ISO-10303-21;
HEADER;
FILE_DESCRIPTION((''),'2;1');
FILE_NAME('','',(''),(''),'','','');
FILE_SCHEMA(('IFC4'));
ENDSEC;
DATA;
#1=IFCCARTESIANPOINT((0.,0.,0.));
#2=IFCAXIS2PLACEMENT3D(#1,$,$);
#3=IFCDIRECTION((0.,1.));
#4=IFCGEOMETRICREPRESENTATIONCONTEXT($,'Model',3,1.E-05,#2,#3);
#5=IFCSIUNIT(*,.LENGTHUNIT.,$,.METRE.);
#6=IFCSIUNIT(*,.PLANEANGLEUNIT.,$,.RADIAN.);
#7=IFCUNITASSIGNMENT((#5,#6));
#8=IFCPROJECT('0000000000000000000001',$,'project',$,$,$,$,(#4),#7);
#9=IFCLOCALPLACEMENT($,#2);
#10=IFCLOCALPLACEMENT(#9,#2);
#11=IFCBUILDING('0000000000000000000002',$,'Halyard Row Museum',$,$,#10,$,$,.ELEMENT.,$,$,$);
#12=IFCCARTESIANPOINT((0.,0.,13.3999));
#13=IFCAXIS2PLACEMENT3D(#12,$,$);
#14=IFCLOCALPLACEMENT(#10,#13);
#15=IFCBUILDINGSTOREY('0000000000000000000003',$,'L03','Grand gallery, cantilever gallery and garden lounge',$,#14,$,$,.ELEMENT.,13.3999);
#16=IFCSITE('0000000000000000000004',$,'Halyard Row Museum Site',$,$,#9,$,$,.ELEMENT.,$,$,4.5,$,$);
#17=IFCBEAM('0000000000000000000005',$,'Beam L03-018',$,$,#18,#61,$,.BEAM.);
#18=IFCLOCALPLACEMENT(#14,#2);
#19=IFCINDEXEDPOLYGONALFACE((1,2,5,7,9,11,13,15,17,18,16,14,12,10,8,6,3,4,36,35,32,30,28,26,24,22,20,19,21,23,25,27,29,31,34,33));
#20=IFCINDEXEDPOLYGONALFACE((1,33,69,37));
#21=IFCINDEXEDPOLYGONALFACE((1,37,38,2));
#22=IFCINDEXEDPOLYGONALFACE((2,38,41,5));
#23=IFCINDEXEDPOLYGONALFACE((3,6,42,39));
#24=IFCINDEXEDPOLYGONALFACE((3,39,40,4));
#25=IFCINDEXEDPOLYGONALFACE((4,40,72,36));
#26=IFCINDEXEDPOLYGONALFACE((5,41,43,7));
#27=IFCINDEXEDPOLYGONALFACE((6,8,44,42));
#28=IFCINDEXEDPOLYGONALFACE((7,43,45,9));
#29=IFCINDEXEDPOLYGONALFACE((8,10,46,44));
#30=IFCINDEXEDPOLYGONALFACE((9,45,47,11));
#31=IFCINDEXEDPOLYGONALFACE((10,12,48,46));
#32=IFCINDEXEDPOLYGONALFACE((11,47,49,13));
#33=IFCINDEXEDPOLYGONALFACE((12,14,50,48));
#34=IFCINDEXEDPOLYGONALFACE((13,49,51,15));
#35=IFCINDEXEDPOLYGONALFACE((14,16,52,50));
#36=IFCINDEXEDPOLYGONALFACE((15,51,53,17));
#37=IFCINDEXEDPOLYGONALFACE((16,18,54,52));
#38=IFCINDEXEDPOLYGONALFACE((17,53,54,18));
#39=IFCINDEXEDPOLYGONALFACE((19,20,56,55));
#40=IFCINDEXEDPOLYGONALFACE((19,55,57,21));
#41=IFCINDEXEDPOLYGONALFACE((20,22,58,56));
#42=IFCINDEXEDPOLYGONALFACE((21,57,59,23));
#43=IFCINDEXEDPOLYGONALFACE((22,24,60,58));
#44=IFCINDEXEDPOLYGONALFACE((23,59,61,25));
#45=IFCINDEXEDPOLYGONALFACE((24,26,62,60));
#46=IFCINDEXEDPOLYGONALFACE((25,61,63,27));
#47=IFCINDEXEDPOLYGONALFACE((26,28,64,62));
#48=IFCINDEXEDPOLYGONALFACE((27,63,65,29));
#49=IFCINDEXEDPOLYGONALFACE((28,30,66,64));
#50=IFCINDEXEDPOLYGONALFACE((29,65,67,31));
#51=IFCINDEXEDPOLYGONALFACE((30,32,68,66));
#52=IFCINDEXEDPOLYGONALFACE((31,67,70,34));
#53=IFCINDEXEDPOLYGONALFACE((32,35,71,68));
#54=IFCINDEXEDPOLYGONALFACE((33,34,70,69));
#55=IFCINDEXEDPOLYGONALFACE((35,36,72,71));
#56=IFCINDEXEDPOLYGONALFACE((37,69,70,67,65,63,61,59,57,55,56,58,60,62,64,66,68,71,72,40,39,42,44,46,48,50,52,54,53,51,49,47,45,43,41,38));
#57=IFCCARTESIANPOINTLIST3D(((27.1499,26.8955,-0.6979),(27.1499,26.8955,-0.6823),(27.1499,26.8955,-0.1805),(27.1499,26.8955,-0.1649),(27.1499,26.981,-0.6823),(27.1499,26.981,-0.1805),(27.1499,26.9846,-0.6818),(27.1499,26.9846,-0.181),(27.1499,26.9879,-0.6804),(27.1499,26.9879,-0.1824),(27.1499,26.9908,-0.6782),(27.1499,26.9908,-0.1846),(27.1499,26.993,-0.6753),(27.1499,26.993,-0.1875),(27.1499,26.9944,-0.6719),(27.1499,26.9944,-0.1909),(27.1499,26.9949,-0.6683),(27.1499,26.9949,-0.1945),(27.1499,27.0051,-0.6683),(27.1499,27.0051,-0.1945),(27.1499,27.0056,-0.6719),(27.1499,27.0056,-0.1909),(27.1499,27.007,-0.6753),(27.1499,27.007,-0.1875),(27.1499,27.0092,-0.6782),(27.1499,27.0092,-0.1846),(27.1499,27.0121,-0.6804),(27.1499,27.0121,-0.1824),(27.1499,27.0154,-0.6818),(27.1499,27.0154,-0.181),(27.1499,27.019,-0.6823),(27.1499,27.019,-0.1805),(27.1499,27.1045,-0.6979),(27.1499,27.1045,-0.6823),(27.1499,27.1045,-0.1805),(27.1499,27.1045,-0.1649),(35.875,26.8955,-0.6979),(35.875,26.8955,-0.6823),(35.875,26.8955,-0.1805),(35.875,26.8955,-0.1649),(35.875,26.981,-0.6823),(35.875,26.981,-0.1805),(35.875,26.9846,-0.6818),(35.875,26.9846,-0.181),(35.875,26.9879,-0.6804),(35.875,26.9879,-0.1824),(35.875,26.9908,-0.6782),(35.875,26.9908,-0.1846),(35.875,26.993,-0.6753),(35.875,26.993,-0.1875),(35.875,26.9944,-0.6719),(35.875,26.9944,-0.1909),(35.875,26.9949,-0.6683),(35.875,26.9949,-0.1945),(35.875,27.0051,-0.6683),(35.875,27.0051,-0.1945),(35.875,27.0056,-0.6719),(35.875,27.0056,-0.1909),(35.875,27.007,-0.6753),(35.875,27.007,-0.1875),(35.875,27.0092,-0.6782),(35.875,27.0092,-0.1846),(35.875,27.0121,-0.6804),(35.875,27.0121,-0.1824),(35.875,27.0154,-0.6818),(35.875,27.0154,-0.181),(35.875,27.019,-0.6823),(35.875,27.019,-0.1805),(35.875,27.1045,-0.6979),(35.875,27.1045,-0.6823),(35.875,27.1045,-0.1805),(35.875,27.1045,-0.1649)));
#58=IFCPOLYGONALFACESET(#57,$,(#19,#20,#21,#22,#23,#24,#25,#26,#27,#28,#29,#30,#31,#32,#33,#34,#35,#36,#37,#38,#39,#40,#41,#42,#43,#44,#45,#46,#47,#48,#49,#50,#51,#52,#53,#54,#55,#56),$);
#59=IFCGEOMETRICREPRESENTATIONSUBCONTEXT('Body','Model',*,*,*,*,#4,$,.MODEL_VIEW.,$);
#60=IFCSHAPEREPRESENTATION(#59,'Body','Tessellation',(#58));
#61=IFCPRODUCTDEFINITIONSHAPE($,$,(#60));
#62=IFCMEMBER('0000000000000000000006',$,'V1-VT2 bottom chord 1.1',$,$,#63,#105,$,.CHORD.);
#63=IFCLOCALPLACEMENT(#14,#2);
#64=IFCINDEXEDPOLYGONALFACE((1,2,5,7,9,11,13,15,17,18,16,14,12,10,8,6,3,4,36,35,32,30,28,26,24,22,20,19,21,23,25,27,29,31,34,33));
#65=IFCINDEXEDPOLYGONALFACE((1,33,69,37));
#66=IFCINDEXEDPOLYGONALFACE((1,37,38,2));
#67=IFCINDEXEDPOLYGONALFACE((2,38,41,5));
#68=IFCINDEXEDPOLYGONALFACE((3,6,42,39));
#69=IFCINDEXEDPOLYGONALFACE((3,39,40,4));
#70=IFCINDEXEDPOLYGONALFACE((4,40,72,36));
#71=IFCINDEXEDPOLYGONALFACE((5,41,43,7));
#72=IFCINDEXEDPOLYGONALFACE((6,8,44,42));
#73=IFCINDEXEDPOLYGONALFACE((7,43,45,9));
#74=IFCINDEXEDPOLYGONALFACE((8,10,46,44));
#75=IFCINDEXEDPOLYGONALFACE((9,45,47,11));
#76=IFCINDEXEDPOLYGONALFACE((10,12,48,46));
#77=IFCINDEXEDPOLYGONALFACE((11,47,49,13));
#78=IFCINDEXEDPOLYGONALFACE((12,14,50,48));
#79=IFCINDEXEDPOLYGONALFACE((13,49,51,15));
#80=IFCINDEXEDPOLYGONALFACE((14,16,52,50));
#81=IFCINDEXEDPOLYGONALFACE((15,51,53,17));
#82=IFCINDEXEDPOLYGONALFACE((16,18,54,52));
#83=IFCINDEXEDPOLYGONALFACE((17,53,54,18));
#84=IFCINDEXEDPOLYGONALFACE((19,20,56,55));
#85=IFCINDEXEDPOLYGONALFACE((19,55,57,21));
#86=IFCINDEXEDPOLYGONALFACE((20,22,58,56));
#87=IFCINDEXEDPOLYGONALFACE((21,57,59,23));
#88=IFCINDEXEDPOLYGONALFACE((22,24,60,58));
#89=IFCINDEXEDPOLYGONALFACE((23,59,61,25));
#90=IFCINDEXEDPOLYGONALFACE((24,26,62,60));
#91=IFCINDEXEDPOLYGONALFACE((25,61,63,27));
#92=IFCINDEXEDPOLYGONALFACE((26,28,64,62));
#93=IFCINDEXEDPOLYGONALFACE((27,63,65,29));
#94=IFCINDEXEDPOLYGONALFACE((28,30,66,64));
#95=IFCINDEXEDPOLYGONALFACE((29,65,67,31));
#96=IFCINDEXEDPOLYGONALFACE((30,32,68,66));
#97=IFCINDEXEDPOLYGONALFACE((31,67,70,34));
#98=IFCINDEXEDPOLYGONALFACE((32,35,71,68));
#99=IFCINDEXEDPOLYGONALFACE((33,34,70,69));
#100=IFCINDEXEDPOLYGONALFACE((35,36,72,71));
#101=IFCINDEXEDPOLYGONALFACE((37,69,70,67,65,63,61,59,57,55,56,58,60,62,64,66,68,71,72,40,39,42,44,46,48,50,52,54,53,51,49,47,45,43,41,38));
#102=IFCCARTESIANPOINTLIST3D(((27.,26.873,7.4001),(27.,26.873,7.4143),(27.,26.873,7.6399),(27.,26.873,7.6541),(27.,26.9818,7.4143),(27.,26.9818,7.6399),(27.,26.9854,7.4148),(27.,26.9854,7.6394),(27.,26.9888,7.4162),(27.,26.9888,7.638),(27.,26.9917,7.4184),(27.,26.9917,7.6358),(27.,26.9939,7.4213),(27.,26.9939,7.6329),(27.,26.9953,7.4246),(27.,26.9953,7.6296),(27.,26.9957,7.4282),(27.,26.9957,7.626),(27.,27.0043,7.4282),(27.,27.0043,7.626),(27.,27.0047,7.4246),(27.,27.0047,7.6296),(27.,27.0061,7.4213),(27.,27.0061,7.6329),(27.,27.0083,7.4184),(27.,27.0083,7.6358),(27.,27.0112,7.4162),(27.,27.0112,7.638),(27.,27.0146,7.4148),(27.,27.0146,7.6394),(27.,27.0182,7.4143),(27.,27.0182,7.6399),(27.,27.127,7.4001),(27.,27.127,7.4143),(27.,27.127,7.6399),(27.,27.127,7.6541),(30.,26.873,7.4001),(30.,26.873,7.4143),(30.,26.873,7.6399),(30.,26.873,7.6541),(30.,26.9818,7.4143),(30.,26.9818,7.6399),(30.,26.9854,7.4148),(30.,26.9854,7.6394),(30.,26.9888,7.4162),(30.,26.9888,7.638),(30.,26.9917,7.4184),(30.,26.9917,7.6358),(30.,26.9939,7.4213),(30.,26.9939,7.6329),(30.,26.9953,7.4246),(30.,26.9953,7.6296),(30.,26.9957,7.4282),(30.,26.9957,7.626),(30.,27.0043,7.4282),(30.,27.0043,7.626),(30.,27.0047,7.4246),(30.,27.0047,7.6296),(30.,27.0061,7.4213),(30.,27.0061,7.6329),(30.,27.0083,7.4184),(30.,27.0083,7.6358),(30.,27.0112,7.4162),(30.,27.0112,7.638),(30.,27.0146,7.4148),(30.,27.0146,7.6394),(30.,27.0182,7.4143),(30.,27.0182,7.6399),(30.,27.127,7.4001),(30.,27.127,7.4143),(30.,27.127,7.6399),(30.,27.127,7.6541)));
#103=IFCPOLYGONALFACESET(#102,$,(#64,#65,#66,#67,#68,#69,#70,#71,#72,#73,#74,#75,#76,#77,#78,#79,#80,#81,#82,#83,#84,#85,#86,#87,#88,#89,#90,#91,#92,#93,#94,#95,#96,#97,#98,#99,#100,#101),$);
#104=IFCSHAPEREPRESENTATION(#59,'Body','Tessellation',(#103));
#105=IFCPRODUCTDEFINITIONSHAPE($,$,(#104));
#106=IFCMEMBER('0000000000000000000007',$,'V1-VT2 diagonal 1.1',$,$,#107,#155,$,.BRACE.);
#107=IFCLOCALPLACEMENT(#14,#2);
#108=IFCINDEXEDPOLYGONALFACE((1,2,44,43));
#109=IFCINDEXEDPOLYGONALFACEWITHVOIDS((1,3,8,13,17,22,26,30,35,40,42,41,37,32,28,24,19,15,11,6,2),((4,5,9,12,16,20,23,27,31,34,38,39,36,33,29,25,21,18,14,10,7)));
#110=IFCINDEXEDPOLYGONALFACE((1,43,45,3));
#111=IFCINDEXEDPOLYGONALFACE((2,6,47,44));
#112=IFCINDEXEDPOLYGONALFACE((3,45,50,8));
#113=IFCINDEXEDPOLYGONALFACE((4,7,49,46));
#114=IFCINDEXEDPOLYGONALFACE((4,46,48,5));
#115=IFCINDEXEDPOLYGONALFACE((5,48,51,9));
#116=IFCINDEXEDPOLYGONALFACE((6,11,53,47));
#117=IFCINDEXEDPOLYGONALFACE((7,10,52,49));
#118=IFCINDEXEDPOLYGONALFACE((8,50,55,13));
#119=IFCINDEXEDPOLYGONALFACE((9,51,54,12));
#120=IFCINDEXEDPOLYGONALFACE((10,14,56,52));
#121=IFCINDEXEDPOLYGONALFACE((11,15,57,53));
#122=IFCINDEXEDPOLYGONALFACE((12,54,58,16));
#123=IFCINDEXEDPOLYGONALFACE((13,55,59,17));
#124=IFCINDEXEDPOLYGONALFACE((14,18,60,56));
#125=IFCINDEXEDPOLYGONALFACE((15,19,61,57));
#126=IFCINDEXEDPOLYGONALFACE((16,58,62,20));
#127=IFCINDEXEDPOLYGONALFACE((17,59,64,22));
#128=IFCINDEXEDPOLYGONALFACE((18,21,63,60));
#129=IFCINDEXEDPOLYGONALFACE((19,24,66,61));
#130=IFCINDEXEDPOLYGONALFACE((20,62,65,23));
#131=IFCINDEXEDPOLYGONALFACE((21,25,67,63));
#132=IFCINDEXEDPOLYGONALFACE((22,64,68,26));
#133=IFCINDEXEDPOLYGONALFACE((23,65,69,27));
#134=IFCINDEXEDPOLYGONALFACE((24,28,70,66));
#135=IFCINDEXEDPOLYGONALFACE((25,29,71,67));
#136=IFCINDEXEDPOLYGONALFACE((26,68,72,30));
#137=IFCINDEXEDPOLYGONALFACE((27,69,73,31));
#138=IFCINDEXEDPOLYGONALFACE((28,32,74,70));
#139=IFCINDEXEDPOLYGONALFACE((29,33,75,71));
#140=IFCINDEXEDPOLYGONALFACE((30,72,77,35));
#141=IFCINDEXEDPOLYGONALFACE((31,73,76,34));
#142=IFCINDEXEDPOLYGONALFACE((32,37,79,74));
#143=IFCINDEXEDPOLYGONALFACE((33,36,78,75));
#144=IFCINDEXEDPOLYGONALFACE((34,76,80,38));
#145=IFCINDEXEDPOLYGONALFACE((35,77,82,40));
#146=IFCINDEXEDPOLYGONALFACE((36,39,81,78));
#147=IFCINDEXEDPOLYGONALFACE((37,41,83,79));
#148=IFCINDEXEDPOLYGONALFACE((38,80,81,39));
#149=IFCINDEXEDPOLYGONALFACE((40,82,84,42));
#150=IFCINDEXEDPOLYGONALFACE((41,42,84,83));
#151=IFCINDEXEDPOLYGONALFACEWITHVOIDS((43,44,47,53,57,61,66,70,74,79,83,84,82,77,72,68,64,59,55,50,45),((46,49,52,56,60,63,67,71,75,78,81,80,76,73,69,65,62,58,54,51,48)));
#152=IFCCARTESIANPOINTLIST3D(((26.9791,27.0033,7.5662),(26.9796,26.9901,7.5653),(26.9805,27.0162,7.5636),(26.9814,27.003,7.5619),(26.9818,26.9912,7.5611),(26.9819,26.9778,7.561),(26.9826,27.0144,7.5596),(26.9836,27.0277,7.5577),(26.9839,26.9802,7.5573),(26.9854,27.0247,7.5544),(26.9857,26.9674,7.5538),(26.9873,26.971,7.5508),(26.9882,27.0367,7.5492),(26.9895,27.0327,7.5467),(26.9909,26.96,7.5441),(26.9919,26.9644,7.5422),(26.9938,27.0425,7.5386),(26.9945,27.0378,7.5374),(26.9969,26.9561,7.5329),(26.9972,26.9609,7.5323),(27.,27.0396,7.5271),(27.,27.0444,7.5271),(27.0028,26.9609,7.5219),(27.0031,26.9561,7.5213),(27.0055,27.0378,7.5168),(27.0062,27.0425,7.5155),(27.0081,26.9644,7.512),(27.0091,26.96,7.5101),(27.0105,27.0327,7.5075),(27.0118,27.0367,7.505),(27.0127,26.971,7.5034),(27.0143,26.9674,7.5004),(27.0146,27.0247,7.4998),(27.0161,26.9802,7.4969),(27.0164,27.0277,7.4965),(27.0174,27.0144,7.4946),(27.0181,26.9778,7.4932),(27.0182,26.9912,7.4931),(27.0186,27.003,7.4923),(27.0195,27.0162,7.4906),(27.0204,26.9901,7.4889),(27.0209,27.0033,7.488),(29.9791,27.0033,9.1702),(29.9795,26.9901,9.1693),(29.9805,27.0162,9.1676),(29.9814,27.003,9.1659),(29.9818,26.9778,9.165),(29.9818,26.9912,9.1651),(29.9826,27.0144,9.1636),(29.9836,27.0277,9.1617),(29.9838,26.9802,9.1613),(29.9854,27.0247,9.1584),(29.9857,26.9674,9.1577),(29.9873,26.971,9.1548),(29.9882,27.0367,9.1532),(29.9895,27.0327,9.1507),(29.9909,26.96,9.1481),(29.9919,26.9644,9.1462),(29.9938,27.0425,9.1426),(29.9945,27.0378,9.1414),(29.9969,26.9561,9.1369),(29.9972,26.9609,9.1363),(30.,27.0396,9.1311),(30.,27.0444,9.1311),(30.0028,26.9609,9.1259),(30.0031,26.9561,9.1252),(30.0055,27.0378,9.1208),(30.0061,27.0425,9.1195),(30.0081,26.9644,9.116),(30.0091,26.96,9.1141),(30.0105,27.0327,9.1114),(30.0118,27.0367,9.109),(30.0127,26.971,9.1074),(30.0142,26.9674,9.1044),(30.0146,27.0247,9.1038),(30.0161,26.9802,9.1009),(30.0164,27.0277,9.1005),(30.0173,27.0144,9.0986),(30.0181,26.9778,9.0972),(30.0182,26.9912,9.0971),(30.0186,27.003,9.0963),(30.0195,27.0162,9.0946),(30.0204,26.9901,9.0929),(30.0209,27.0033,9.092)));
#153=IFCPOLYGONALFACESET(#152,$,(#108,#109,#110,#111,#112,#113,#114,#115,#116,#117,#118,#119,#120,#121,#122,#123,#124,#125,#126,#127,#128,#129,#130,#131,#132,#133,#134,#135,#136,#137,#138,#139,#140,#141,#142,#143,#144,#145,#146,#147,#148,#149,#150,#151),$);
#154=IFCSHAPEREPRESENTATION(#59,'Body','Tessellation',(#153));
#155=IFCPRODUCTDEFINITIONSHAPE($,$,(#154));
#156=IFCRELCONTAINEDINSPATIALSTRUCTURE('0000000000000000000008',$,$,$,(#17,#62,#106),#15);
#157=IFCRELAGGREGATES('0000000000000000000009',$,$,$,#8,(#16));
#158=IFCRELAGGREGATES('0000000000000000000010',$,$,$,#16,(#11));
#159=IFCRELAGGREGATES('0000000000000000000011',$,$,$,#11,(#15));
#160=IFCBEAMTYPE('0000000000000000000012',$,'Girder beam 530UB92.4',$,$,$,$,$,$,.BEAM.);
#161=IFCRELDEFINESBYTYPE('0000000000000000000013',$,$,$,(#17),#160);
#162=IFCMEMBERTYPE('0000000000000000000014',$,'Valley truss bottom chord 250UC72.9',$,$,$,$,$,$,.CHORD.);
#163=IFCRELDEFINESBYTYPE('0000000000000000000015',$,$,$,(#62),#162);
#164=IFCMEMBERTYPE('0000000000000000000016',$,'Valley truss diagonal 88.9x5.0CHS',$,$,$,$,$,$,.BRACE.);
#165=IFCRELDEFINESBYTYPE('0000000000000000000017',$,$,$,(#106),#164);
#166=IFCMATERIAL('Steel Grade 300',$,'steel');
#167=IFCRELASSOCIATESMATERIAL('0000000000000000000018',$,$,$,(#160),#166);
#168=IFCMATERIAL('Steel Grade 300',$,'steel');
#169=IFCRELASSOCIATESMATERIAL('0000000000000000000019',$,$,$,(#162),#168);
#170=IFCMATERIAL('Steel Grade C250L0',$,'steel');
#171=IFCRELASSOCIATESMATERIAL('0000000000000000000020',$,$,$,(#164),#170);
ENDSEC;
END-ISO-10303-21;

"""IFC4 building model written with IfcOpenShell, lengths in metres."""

from ifc_helpers import new_model, si_unit, direction, frame, origin, origin_2d, place, context, subcontext, project, spatial, hollow_circle, i_section, extrude, material, material_profile, profile_set, type_object, element, save


model = new_model("IFC4")

# Units and contexts
model_context = context("Model", 3, precision=1e-05, world=origin(), true_north=direction((0.0, 1.0)))
body_context = subcontext(model_context, "Body", "Model", "MODEL_VIEW")
ifc_project = project(units=[si_unit("LENGTHUNIT", "METRE"), si_unit("PLANEANGLEUNIT", "RADIAN")], contexts=[model_context])

# Site, building, storey
site_placement = place(None, origin())
site = spatial("IfcSite", under=ifc_project, at=site_placement, Name="Halyard Row Museum Site", CompositionType="ELEMENT", RefElevation=4.5)
building_placement = place(site_placement, origin())
building = spatial("IfcBuilding", under=site, at=building_placement, Name="Halyard Row Museum", CompositionType="ELEMENT")
storey_placement = place(building_placement, frame((0.0, 0.0, 13.3999)))
storey = spatial("IfcBuildingStorey", under=building, at=storey_placement, Name="L03", Description="Grand gallery, cantilever gallery and garden lounge", CompositionType="ELEMENT", Elevation=13.3999)

# Beam
ifc_material_1 = material(Name="Steel Grade 300", Category="steel")
ifc_material_profile_1 = material_profile(ifc_material_1, i_section(OverallWidth=0.209, OverallDepth=0.533, WebThickness=0.0103, FlangeThickness=0.0156, FilletRadius=0.0139, at=origin_2d()), Name="530UB92.4")
ifc_profile_set_1 = profile_set([ifc_material_profile_1], Name="Steel Grade 300")
beam_type_1 = type_object("IfcBeamType", Name="Girder beam 530UB92.4", PredefinedType="BEAM", material=ifc_profile_set_1)
beam_1_placement = place(storey_placement, frame((27.1499, 27.0, -0.4314), z_axis=(1.0, 0.0, 0.0), x_axis=(0.0, 1.0, 0.0)))
element("IfcBeam", 1, at=beam_1_placement, inside=storey, type_object=beam_type_1, Name="Beam L03-018", PredefinedType="BEAM", context=body_context, shape_type="SweptSolid", body=[
    extrude(i_section(OverallWidth=0.209, OverallDepth=0.533, WebThickness=0.0103, FlangeThickness=0.0156, FilletRadius=0.0139, at=origin_2d()), origin(), (0.0, 0.0, 1.0), 8.7251),
])

# Members
ifc_material_2 = material(Name="Steel Grade 300", Category="steel")
ifc_material_profile_2 = material_profile(ifc_material_2, i_section(OverallWidth=0.2539, OverallDepth=0.2539, WebThickness=0.0085, FlangeThickness=0.0142, FilletRadius=0.0139, at=origin_2d()), Name="250UC72.9")
ifc_profile_set_2 = profile_set([ifc_material_profile_2], Name="Steel Grade 300")
member_type_1 = type_object("IfcMemberType", Name="Valley truss bottom chord 250UC72.9", PredefinedType="CHORD", material=ifc_profile_set_2)
member_1_placement = place(storey_placement, frame((27.0, 27.0, 7.5271), z_axis=(1.0, 0.0, 0.0), x_axis=(0.0, 1.0, 0.0)))
element("IfcMember", 2, at=member_1_placement, inside=storey, type_object=member_type_1, Name="V1-VT2 bottom chord 1.1", PredefinedType="CHORD", context=body_context, shape_type="SweptSolid", body=[
    extrude(i_section(OverallWidth=0.2539, OverallDepth=0.2539, WebThickness=0.0085, FlangeThickness=0.0142, FilletRadius=0.0139, at=origin_2d()), origin(), (0.0, 0.0, 1.0), 3.0),
])
ifc_material_3 = material(Name="Steel Grade C250L0", Category="steel")
ifc_material_profile_3 = material_profile(ifc_material_3, hollow_circle(Radius=0.0444, WallThickness=0.0049, at=origin_2d()), Name="88.9x5.0CHS")
ifc_profile_set_3 = profile_set([ifc_material_profile_3], Name="Steel Grade C250L0")
member_type_2 = type_object("IfcMemberType", Name="Valley truss diagonal 88.9x5.0CHS", PredefinedType="BRACE", material=ifc_profile_set_3)
member_2_placement = place(storey_placement, frame((27.0, 27.0, 7.5271), z_axis=(0.881864, 0.0, 0.471504), x_axis=(0.0, 1.0, 0.0)))
element("IfcMember", 3, at=member_2_placement, inside=storey, type_object=member_type_2, Name="V1-VT2 diagonal 1.1", PredefinedType="BRACE", context=body_context, shape_type="SweptSolid", body=[
    extrude(hollow_circle(Radius=0.0444, WallThickness=0.0049, at=origin_2d()), origin(), (0.0, 0.0, 1.0), 3.4019),
])

save(model, "model.ifc")
